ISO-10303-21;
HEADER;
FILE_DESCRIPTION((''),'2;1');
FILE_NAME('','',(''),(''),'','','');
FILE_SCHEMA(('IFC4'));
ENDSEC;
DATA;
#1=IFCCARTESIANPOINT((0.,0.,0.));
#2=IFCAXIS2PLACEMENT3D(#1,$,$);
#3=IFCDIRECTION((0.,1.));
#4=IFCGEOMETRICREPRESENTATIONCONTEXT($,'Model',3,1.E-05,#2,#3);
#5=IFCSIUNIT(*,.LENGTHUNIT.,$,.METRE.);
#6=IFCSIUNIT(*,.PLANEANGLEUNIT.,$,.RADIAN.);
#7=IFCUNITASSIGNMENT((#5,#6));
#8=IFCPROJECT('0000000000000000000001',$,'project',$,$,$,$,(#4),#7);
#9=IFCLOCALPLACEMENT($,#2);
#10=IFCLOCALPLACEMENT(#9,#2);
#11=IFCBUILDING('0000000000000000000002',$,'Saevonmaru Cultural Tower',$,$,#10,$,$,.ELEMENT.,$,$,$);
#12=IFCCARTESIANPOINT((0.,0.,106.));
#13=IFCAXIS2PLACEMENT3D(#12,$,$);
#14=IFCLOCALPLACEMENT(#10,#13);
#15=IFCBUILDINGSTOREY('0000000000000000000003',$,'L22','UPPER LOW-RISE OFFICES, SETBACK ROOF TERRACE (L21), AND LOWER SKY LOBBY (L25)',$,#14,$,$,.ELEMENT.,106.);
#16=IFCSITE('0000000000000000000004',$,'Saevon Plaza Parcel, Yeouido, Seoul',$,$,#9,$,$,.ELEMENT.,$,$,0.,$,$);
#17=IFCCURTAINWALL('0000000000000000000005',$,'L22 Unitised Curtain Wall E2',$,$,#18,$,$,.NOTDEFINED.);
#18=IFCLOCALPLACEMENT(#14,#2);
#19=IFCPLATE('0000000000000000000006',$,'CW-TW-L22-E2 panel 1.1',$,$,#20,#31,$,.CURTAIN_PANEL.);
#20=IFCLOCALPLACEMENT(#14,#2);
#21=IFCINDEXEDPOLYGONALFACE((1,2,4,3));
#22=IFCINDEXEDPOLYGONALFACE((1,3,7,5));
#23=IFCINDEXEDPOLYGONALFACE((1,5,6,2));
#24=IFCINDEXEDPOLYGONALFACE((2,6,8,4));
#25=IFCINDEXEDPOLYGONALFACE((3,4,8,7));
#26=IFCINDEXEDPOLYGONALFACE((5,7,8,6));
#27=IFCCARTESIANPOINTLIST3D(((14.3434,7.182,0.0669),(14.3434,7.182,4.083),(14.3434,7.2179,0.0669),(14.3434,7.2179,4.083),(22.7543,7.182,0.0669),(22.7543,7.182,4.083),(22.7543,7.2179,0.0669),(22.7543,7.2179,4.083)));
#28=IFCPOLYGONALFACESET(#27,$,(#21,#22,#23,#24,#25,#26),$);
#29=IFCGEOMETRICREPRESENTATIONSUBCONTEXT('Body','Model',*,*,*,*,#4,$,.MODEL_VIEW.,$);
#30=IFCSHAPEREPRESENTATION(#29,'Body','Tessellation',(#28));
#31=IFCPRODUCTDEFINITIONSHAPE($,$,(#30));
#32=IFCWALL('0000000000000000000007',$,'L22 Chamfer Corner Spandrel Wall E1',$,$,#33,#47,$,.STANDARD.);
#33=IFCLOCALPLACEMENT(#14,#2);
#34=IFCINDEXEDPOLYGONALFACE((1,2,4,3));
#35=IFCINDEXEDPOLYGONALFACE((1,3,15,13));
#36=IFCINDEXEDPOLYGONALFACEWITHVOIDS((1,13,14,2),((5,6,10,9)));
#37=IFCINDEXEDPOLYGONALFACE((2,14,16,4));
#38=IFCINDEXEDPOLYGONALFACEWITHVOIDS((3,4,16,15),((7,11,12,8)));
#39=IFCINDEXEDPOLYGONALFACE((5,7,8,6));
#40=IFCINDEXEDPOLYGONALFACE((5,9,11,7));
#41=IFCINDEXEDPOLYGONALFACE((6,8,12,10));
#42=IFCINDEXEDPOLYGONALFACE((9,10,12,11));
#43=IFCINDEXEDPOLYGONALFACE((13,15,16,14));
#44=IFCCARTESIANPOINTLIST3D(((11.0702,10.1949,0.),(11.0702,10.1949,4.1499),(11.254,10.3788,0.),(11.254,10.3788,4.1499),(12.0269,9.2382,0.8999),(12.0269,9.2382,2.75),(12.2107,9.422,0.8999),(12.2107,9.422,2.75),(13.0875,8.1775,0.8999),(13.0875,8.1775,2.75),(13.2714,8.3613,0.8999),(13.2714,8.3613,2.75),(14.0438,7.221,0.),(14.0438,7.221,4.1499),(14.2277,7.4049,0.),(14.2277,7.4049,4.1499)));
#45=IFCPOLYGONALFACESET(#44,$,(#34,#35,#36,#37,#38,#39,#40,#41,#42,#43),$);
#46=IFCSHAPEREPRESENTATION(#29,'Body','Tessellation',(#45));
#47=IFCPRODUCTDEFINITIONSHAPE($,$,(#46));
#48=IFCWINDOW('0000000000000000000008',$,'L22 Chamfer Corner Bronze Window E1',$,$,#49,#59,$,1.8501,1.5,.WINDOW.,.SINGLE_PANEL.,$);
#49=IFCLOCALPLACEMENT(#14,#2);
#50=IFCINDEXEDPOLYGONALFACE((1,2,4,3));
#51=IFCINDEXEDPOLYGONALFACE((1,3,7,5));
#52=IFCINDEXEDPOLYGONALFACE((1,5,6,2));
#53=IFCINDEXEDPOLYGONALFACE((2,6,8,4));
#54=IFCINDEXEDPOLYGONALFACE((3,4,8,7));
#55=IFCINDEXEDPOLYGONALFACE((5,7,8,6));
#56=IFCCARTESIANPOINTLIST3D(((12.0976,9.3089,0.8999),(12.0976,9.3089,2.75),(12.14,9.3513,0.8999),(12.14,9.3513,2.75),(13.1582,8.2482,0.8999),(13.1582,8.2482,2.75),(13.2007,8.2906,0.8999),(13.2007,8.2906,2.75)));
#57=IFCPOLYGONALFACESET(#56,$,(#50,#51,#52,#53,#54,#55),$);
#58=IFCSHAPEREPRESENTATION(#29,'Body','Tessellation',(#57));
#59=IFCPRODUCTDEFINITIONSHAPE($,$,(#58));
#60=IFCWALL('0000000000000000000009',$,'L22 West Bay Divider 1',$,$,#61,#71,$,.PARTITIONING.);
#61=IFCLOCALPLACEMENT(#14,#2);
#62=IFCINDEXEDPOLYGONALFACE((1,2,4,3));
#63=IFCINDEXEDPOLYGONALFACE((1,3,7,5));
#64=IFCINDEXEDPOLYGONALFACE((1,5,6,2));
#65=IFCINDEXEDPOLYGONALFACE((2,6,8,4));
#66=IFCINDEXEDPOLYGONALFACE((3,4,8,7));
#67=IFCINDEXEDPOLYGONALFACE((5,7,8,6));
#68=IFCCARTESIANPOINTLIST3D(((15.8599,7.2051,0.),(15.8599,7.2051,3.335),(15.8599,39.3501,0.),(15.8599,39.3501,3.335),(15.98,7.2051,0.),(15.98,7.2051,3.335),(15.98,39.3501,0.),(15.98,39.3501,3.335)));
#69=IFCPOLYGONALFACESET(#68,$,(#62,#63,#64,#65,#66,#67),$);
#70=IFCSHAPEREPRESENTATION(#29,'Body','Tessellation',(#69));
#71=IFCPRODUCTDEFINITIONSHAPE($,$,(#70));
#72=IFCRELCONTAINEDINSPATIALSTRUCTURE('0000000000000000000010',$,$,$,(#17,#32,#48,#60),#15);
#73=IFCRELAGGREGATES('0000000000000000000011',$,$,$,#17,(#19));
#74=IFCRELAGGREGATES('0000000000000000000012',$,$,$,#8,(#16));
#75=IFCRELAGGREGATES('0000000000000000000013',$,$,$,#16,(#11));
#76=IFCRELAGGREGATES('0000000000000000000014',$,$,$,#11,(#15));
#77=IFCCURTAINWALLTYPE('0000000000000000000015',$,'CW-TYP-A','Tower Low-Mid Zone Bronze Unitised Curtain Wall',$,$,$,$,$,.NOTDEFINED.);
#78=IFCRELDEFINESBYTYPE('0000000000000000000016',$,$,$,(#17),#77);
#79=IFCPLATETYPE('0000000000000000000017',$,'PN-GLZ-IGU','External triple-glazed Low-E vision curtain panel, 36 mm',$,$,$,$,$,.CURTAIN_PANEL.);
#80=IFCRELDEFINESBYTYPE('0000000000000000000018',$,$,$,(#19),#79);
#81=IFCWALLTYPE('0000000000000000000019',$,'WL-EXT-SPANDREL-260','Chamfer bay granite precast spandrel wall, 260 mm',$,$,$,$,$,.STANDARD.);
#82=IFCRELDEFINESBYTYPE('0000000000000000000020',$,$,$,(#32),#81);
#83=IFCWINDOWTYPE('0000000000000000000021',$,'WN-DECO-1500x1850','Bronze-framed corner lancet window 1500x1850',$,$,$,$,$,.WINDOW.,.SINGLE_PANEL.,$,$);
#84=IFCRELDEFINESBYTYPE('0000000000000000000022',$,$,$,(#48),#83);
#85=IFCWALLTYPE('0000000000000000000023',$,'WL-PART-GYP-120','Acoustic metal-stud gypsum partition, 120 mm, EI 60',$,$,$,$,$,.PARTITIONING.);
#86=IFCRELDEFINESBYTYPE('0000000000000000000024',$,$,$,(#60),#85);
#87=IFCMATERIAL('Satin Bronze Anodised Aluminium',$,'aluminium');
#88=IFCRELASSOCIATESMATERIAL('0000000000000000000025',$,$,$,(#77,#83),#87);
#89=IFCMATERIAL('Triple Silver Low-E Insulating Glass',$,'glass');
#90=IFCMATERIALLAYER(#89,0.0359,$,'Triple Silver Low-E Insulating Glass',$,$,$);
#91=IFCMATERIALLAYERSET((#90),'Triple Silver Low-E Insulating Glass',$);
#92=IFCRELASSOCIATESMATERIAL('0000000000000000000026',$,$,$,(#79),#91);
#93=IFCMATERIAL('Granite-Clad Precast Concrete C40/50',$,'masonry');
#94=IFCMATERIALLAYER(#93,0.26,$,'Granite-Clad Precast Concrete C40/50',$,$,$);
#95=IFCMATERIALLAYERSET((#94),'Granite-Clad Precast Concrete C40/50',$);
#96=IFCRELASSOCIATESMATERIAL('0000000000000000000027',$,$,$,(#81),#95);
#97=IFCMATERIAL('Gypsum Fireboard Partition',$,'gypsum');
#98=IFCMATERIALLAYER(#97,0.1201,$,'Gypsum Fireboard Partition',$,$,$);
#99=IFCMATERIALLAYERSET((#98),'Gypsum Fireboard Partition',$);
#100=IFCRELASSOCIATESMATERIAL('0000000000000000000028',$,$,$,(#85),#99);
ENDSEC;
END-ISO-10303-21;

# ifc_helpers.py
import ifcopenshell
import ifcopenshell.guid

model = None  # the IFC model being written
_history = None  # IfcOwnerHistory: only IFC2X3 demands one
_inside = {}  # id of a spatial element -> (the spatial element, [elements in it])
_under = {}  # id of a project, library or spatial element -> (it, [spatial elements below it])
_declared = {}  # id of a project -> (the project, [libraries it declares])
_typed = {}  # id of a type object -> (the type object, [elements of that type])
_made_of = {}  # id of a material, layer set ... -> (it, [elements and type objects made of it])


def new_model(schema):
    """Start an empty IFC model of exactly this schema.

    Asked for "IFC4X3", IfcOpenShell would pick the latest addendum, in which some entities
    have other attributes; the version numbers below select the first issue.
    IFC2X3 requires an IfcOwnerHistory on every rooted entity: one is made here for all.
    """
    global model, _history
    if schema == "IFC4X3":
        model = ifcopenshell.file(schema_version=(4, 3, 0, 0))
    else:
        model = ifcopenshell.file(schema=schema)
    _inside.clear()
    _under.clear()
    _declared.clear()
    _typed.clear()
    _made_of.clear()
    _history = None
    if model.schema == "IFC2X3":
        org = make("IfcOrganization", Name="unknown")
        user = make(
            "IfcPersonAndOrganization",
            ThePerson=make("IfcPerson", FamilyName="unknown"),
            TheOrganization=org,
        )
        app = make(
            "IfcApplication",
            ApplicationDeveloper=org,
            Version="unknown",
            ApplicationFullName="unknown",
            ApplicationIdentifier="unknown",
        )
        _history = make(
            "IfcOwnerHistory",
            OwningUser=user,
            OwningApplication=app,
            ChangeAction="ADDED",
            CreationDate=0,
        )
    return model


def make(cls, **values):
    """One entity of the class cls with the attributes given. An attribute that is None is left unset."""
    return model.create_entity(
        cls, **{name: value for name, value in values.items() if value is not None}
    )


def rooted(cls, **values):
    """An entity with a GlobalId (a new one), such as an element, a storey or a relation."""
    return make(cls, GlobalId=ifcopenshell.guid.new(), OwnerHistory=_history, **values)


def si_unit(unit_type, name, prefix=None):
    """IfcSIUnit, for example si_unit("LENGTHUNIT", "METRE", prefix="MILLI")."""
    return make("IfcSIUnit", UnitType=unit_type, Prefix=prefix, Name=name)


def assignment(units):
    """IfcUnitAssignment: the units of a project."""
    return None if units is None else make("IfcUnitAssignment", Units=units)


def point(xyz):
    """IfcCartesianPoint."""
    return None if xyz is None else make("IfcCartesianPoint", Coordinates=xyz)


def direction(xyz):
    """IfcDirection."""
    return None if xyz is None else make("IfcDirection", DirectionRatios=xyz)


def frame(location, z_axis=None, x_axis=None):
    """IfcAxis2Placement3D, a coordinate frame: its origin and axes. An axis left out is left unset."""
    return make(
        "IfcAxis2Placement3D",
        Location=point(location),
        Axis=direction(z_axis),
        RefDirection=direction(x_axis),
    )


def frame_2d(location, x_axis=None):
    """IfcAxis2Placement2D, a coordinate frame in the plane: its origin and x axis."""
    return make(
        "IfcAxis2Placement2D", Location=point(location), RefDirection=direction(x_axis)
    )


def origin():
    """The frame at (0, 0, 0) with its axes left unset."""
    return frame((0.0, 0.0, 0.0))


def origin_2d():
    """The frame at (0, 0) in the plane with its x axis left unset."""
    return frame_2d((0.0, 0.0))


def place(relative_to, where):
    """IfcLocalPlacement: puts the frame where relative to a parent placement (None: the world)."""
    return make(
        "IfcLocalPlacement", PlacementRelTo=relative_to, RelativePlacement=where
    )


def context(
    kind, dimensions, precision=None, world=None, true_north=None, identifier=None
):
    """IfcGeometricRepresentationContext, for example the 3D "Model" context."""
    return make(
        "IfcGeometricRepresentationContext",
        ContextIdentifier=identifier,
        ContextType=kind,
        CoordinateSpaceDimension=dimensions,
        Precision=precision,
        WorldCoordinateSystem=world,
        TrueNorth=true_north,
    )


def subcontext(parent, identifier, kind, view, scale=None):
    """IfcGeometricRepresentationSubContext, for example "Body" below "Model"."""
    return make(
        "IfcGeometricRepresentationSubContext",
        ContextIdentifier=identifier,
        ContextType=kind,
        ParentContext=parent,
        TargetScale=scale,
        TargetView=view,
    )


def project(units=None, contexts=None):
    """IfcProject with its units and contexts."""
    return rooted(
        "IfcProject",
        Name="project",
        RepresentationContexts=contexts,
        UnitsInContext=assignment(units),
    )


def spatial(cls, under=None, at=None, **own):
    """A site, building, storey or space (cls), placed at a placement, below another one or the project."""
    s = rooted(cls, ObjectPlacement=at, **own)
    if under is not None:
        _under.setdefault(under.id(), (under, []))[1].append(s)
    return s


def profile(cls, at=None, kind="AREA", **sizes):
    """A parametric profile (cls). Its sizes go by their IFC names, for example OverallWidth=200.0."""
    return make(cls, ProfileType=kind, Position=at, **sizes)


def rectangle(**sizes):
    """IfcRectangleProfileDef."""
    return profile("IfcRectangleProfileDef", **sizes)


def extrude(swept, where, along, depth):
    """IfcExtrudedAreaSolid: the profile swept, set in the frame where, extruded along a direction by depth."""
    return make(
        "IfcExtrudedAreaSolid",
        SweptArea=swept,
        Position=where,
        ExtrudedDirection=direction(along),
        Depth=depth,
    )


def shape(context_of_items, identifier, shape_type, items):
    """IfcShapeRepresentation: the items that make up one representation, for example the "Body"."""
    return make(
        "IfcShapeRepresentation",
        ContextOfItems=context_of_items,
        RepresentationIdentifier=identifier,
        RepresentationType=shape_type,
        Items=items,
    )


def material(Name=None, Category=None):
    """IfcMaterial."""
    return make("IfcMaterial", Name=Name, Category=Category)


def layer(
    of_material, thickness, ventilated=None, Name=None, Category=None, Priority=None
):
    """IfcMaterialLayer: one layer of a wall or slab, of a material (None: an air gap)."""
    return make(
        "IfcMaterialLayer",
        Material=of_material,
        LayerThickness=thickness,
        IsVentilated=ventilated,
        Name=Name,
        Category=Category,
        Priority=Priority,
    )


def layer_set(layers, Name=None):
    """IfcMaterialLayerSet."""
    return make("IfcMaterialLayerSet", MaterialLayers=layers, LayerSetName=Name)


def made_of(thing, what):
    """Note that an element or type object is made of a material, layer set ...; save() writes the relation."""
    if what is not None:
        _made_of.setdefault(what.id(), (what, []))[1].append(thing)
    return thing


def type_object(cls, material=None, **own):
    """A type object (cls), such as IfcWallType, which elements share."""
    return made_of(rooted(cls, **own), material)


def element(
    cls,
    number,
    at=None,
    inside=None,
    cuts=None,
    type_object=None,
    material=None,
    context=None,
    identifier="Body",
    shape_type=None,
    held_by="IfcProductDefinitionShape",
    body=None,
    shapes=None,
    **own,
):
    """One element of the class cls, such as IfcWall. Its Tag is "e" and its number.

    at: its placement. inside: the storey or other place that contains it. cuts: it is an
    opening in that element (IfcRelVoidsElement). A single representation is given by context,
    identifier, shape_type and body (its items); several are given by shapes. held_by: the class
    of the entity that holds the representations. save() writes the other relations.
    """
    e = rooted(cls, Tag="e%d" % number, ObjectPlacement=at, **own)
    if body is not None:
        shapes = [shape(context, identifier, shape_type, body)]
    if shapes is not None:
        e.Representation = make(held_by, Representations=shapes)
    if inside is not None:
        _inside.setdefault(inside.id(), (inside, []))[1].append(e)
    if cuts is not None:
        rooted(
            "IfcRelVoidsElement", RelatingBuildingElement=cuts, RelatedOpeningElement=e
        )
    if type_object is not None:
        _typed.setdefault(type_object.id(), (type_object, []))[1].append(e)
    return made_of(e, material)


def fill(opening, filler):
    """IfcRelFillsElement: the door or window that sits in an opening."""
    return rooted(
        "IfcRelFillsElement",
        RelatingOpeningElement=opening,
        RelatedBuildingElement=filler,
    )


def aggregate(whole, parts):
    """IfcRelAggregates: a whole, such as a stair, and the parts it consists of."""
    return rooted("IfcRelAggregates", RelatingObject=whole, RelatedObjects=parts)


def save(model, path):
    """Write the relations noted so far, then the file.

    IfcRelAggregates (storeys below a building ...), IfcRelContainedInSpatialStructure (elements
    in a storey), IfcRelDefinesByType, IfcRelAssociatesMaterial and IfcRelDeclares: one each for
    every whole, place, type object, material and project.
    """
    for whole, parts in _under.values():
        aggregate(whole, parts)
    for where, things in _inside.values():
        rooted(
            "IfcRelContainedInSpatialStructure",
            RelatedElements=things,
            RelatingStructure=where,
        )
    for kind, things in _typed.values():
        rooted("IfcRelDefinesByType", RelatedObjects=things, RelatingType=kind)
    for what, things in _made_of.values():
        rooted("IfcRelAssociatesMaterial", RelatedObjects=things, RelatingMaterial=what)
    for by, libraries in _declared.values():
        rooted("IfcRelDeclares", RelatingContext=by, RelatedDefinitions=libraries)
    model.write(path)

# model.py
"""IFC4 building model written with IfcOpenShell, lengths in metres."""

from ifc_helpers import new_model, si_unit, direction, frame, frame_2d, origin, origin_2d, place, context, subcontext, project, spatial, rectangle, extrude, material, layer, layer_set, type_object, element, fill, aggregate, save


model = new_model("IFC4")

# Units and contexts
model_context = context("Model", 3, precision=1e-05, world=origin(), true_north=direction((0.0, 1.0)))
body_context = subcontext(model_context, "Body", "Model", "MODEL_VIEW")
ifc_project = project(units=[si_unit("LENGTHUNIT", "METRE"), si_unit("PLANEANGLEUNIT", "RADIAN")], contexts=[model_context])

# Site, building, storey
site_placement = place(None, origin())
site = spatial("IfcSite", under=ifc_project, at=site_placement, Name="Saevon Plaza Parcel, Yeouido, Seoul", CompositionType="ELEMENT", RefElevation=0.0)
building_placement = place(site_placement, origin())
building = spatial("IfcBuilding", under=site, at=building_placement, Name="Saevonmaru Cultural Tower", CompositionType="ELEMENT")
storey_placement = place(building_placement, frame((0.0, 0.0, 106.0)))
storey = spatial("IfcBuildingStorey", under=building, at=storey_placement, Name="L22", Description="UPPER LOW-RISE OFFICES, SETBACK ROOF TERRACE (L21), AND LOWER SKY LOBBY (L25)", CompositionType="ELEMENT", Elevation=106.0)

# Curtain wall
ifc_material_1 = material(Name="Satin Bronze Anodised Aluminium", Category="aluminium")
curtain_wall_type = type_object("IfcCurtainWallType", Name="CW-TYP-A", Description="Tower Low-Mid Zone Bronze Unitised Curtain Wall", PredefinedType="NOTDEFINED", material=ifc_material_1)
curtain_wall_1_placement = place(storey_placement, origin())
curtain_wall_1 = element("IfcCurtainWall", 1, at=curtain_wall_1_placement, inside=storey, type_object=curtain_wall_type, Name="L22 Unitised Curtain Wall E2", PredefinedType="NOTDEFINED")

# Plate
ifc_material_2 = material(Name="Triple Silver Low-E Insulating Glass", Category="glass")
ifc_layer_1 = layer(ifc_material_2, 0.0359, Name="Triple Silver Low-E Insulating Glass")
ifc_layer_set_1 = layer_set([ifc_layer_1], Name="Triple Silver Low-E Insulating Glass")
plate_type = type_object("IfcPlateType", Name="PN-GLZ-IGU", Description="External triple-glazed Low-E vision curtain panel, 36 mm", PredefinedType="CURTAIN_PANEL", material=ifc_layer_set_1)
plate_placement = place(storey_placement, frame((18.5488, 7.2, 0.0669), z_axis=(0.0, 0.0, 1.0), x_axis=(1.0, 0.0, 0.0)))
plate = element("IfcPlate", 2, at=plate_placement, type_object=plate_type, Name="CW-TW-L22-E2 panel 1.1", PredefinedType="CURTAIN_PANEL", context=body_context, shape_type="SweptSolid", body=[
    extrude(rectangle(XDim=8.4109, YDim=0.0359, at=origin_2d()), origin(), (0.0, 0.0, 1.0), 4.0161),
])
aggregate(curtain_wall_1, [plate])

# Wall, opening, window
ifc_material_3 = material(Name="Granite-Clad Precast Concrete C40/50", Category="masonry")
ifc_layer_2 = layer(ifc_material_3, 0.26, Name="Granite-Clad Precast Concrete C40/50")
ifc_layer_set_2 = layer_set([ifc_layer_2], Name="Granite-Clad Precast Concrete C40/50")
wall_type_1 = type_object("IfcWallType", Name="WL-EXT-SPANDREL-260", Description="Chamfer bay granite precast spandrel wall, 260 mm", PredefinedType="STANDARD", material=ifc_layer_set_2)
wall_1_placement = place(storey_placement, frame((11.1621, 10.2869, 0.0), z_axis=(0.0, 0.0, 1.0), x_axis=(0.707078, -0.707136, 0.0)))
wall_1 = element("IfcWall", 3, at=wall_1_placement, inside=storey, type_object=wall_type_1, Name="L22 Chamfer Corner Spandrel Wall E1", PredefinedType="STANDARD", context=body_context, shape_type="SweptSolid", body=[
    extrude(rectangle(XDim=4.2056, YDim=0.26, at=frame_2d((2.1028, 0.0))), origin(), (0.0, 0.0, 1.0), 4.1499),
])
opening_placement = place(wall_1_placement, frame((1.353, 0.0, 0.8999)))
opening = element("IfcOpeningElement", 4, at=opening_placement, cuts=wall_1, PredefinedType="OPENING", context=body_context, shape_type="SweptSolid", body=[
    extrude(rectangle(XDim=1.5, YDim=1.8501, at=frame_2d((0.75, 0.925))), frame((0.0, 0.1401, 0.0), z_axis=(0.0, -1.0, 0.0), x_axis=(1.0, 0.0, 0.0)), (0.0, 0.0, 1.0), 0.28),
])
window_type = type_object("IfcWindowType", Name="WN-DECO-1500x1850", Description="Bronze-framed corner lancet window 1500x1850", PartitioningType="SINGLE_PANEL", PredefinedType="WINDOW", material=ifc_material_1)
window_placement = place(opening_placement, origin())
window = element("IfcWindow", 5, at=window_placement, inside=storey, type_object=window_type, Name="L22 Chamfer Corner Bronze Window E1", OverallHeight=1.8501, OverallWidth=1.5, PartitioningType="SINGLE_PANEL", PredefinedType="WINDOW", context=body_context, shape_type="SweptSolid", body=[
    extrude(rectangle(XDim=1.5, YDim=1.8501, at=frame_2d((0.75, 0.925))), frame((0.0, 0.03, 0.0), z_axis=(0.0, -1.0, 0.0), x_axis=(1.0, 0.0, 0.0)), (0.0, 0.0, 1.0), 0.0601),
])
fill(opening, window)

# Wall
ifc_material_4 = material(Name="Gypsum Fireboard Partition", Category="gypsum")
ifc_layer_3 = layer(ifc_material_4, 0.1201, Name="Gypsum Fireboard Partition")
ifc_layer_set_3 = layer_set([ifc_layer_3], Name="Gypsum Fireboard Partition")
wall_type_2 = type_object("IfcWallType", Name="WL-PART-GYP-120", Description="Acoustic metal-stud gypsum partition, 120 mm, EI 60", PredefinedType="PARTITIONING", material=ifc_layer_set_3)
wall_2_placement = place(storey_placement, frame((15.9199, 7.2051, 0.0), z_axis=(0.0, 0.0, 1.0), x_axis=(0.0, 1.0, 0.0)))
element("IfcWall", 6, at=wall_2_placement, inside=storey, type_object=wall_type_2, Name="L22 West Bay Divider 1", PredefinedType="PARTITIONING", context=body_context, shape_type="SweptSolid", body=[
    extrude(rectangle(XDim=32.145, YDim=0.1201, at=frame_2d((16.0725, 0.0))), origin(), (0.0, 0.0, 1.0), 3.335),
])

save(model, "model.ifc")
